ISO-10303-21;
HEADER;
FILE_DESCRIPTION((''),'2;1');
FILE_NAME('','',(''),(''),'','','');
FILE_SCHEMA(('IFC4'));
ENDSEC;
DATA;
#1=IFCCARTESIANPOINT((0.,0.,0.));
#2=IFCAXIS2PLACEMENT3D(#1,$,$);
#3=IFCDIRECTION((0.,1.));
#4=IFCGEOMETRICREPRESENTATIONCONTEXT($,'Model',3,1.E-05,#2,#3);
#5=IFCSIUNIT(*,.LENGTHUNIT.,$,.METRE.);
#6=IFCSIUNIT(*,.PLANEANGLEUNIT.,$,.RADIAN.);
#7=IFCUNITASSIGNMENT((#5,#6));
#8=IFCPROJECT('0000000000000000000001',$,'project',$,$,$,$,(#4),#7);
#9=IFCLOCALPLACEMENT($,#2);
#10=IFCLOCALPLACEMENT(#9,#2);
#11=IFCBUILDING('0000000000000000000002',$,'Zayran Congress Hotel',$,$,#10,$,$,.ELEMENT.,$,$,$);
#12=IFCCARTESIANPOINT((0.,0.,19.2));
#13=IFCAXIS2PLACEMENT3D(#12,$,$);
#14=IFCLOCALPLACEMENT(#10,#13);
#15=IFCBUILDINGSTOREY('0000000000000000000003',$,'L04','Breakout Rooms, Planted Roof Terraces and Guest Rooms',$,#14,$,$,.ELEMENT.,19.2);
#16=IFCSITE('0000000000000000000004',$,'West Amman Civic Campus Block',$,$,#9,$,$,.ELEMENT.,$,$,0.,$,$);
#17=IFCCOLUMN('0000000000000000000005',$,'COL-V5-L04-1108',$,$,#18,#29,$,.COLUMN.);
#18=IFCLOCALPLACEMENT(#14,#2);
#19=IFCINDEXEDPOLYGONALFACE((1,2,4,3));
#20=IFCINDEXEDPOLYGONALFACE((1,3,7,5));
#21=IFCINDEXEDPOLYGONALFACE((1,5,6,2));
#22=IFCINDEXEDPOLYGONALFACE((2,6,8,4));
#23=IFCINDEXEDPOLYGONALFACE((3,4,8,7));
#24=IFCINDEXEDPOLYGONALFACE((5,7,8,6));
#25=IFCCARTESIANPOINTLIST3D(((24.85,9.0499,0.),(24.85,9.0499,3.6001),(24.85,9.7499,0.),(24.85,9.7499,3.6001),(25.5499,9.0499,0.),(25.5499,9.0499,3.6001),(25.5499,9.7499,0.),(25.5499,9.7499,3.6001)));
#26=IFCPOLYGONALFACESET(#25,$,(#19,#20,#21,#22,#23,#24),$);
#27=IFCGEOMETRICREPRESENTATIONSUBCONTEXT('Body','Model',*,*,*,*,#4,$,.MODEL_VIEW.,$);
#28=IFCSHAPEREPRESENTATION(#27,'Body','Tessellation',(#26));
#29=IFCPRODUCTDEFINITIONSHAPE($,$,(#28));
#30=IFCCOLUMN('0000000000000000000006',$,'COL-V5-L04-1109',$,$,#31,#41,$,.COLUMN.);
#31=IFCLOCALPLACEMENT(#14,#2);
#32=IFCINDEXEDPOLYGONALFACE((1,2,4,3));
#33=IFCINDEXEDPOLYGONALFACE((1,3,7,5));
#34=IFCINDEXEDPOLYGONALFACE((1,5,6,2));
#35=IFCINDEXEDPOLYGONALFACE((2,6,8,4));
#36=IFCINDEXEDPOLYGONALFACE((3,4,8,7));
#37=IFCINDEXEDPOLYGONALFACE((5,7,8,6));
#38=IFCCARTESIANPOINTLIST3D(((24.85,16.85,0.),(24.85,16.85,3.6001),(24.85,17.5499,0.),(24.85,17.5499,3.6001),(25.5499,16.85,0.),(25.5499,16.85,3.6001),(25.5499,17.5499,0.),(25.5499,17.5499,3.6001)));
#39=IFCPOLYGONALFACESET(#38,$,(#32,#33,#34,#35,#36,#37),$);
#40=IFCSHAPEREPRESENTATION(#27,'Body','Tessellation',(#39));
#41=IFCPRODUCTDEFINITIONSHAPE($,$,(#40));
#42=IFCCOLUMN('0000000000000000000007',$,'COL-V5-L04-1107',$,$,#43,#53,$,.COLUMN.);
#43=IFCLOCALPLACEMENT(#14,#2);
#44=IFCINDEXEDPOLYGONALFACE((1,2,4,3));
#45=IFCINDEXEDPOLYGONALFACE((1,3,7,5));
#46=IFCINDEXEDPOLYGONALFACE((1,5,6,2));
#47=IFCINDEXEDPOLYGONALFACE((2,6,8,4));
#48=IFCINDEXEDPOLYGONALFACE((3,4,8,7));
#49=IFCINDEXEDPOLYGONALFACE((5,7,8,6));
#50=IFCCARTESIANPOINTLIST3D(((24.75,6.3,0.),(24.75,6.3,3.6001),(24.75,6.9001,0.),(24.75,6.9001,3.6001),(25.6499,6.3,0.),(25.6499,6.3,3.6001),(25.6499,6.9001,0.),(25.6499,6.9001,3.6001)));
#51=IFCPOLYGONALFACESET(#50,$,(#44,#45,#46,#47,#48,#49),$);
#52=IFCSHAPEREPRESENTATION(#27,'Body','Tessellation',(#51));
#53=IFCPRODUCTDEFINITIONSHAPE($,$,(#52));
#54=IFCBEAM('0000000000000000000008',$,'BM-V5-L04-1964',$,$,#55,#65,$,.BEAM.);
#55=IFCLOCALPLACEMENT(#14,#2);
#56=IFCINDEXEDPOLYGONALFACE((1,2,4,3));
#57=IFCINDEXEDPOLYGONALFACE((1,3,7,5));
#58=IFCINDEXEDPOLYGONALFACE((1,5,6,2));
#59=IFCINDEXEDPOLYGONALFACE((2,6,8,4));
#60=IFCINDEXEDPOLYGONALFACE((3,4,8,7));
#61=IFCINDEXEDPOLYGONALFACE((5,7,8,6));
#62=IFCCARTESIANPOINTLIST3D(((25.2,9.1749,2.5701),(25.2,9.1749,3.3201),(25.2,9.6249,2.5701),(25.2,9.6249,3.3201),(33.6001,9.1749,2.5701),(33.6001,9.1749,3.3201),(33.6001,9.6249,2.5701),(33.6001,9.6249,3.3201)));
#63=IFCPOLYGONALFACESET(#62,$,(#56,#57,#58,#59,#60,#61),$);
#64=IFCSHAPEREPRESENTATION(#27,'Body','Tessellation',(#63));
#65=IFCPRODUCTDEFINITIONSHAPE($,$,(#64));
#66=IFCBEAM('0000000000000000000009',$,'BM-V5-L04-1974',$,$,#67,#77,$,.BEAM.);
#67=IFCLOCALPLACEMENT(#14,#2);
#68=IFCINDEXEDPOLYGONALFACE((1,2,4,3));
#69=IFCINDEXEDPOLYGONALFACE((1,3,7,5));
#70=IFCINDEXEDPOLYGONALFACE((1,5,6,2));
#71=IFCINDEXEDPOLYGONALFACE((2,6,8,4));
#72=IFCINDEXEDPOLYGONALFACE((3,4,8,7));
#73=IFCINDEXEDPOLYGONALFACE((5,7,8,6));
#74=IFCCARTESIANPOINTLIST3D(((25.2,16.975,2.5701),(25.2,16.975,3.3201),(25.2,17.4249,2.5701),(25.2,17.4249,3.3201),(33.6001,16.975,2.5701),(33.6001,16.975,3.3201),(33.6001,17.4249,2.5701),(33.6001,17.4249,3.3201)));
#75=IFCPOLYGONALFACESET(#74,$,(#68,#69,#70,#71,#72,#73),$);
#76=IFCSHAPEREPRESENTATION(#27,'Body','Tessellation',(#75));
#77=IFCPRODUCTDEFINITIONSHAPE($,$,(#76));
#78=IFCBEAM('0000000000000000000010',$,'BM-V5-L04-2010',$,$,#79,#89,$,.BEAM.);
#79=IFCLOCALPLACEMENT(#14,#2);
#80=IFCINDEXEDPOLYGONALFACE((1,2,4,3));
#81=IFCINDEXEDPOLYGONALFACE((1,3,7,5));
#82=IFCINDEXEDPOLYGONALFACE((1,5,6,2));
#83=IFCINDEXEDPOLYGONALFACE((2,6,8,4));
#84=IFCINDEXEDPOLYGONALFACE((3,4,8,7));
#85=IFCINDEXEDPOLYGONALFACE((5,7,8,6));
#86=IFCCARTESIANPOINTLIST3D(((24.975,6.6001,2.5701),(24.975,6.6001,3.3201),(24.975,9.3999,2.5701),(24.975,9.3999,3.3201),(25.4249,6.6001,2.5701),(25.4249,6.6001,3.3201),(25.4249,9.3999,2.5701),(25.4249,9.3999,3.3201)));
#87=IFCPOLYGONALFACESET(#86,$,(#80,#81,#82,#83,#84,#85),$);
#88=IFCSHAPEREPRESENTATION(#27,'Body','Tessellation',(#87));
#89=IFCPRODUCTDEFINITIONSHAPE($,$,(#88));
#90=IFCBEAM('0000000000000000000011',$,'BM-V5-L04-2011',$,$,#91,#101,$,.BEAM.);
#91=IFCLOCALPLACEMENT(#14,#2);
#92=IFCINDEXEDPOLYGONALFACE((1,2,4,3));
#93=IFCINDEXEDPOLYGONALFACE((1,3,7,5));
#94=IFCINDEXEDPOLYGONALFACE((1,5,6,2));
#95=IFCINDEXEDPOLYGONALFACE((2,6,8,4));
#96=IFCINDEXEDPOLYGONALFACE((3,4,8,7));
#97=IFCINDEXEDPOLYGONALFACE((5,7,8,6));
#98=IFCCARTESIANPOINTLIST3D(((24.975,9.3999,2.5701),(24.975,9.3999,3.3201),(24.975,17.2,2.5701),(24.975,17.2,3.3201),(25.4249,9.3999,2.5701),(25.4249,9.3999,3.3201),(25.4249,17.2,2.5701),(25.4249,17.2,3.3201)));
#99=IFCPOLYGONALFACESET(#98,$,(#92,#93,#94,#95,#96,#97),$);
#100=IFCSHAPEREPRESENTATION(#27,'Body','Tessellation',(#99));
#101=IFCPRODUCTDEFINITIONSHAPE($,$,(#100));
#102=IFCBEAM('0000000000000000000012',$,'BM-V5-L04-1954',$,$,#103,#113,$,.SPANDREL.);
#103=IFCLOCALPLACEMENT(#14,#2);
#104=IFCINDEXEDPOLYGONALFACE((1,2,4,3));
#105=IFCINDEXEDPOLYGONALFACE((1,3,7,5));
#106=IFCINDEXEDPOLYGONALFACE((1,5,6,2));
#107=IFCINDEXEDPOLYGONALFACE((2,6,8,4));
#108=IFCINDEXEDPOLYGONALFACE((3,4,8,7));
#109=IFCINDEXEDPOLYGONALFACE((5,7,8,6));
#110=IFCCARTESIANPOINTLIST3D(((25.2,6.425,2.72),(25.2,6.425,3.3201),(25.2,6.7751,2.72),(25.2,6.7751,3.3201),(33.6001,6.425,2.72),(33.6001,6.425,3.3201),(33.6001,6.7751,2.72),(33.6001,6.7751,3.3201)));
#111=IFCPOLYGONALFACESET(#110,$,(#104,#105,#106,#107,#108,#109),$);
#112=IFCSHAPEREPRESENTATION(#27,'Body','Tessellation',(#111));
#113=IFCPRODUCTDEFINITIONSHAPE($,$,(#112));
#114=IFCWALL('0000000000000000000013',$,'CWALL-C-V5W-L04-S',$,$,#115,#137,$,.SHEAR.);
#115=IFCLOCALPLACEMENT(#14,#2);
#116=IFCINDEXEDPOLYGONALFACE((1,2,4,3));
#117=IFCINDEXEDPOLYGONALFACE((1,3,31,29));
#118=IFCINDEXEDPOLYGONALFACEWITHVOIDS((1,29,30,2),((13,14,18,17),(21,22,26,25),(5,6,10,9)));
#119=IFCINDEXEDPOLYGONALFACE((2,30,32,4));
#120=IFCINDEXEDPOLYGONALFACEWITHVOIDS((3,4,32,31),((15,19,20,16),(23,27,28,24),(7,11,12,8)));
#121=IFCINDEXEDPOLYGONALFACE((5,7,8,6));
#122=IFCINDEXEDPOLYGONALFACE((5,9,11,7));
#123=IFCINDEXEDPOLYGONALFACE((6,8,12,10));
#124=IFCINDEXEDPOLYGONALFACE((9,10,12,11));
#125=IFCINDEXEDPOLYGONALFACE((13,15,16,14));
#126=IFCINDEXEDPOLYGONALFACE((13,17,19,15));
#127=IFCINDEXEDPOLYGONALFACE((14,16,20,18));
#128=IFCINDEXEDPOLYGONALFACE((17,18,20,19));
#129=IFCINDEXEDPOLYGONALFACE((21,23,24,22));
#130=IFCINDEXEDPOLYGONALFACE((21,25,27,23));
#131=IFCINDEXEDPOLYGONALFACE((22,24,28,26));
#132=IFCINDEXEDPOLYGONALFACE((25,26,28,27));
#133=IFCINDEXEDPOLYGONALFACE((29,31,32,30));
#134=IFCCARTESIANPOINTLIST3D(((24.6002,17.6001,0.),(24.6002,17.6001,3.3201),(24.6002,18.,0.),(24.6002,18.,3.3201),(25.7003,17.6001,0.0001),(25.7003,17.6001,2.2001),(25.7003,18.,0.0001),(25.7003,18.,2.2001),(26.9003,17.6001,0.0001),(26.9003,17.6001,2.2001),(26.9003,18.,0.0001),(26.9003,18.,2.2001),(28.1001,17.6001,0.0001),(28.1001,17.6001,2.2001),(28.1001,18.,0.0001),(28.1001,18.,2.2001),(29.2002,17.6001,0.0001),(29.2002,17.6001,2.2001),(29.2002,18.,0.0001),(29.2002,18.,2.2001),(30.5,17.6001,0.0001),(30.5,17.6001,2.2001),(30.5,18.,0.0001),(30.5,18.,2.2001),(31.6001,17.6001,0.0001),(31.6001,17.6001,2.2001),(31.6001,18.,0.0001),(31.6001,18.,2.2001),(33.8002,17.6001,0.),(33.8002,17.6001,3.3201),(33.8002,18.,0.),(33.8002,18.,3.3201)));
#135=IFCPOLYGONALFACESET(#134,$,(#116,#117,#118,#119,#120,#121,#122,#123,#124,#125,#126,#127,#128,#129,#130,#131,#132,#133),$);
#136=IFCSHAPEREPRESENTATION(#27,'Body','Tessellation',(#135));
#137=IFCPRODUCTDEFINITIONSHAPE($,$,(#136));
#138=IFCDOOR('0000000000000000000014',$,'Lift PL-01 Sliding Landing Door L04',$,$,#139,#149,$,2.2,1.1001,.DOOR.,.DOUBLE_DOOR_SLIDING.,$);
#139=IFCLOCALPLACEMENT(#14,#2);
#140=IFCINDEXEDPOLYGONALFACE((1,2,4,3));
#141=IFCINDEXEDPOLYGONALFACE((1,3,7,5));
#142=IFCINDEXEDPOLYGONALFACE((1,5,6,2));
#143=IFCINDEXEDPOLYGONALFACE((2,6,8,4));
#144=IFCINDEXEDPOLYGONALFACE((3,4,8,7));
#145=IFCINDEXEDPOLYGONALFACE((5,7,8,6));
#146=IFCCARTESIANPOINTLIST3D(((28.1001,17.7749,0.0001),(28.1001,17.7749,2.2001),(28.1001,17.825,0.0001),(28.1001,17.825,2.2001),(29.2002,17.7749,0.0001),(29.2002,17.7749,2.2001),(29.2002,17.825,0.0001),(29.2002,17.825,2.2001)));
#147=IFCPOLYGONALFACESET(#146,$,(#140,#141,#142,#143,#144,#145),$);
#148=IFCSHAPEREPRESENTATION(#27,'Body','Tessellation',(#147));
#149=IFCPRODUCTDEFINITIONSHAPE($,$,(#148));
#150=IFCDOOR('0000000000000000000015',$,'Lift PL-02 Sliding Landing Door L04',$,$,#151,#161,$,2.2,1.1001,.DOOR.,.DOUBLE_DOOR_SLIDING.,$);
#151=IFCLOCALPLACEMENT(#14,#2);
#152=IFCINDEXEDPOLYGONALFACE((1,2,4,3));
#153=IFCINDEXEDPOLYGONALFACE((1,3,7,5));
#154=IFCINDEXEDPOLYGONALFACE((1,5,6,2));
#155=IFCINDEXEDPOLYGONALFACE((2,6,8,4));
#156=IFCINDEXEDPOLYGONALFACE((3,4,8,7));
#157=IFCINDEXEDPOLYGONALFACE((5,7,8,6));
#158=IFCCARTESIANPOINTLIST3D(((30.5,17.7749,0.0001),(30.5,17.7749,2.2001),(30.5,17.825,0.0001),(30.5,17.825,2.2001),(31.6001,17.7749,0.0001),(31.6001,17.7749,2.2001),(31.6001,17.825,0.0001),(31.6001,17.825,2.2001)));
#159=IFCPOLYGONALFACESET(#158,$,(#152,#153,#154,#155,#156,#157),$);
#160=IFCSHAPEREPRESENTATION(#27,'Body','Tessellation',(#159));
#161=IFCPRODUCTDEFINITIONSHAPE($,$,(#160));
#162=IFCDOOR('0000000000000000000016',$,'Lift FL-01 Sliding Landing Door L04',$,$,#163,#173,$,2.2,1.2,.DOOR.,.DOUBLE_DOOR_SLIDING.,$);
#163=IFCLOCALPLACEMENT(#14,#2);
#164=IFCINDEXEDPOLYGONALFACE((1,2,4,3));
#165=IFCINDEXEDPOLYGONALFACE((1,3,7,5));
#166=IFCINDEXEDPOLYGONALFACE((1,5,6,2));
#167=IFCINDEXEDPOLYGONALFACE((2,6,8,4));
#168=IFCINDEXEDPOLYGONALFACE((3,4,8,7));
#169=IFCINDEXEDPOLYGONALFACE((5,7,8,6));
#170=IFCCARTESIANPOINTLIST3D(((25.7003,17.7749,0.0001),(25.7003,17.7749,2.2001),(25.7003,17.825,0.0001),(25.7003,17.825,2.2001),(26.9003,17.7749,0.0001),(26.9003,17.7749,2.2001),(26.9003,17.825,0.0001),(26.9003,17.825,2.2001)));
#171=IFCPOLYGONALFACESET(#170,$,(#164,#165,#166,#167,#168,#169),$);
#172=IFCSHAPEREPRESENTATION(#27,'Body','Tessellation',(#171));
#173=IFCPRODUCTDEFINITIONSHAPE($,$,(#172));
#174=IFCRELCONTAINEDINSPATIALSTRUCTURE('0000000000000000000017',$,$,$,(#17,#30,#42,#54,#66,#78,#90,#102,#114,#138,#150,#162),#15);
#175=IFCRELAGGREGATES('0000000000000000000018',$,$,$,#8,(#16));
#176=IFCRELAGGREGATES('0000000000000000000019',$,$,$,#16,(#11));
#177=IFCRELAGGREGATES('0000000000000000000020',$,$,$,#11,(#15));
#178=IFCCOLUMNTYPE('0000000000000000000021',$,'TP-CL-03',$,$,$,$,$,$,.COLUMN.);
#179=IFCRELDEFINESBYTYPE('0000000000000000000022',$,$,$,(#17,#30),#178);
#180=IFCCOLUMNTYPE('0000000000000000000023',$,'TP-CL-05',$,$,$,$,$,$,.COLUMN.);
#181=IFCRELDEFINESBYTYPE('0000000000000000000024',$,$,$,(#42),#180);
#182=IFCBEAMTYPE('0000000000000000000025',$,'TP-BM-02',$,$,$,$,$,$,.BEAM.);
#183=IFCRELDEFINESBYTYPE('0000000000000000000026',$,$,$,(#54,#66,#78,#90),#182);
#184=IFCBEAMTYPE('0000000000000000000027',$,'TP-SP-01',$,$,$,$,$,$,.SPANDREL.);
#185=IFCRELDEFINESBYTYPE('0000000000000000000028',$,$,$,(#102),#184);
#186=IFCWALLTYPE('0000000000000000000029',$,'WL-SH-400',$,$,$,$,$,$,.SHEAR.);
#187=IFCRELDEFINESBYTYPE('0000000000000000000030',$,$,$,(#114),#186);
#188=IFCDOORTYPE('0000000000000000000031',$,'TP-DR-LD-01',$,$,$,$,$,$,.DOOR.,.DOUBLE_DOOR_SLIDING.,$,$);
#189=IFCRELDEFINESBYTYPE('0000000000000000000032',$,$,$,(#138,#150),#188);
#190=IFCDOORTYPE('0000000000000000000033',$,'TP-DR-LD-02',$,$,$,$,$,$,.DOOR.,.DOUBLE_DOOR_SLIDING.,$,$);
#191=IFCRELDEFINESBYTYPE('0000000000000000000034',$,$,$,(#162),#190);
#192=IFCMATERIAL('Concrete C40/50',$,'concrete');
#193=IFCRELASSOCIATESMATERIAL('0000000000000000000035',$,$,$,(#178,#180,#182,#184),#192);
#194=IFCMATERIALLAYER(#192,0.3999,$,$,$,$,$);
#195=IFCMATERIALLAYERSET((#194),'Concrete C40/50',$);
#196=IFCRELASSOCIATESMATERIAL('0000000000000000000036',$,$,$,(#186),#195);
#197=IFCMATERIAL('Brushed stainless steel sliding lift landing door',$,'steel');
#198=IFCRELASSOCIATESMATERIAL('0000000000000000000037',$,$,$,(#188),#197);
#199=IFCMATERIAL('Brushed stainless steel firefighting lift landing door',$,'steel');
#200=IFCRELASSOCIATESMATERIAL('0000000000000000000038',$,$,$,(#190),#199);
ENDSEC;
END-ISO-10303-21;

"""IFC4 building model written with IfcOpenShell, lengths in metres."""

from ifc_helpers import new_model, si_unit, direction, frame, frame_2d, origin, origin_2d, place, context, subcontext, project, spatial, rectangle, extrude, material, layer, layer_set, material_profile, profile_set, type_object, element, fill, save


model = new_model("IFC4")

# Units and contexts
model_context = context("Model", 3, precision=1e-05, world=origin(), true_north=direction((0.0, 1.0)))
body_context = subcontext(model_context, "Body", "Model", "MODEL_VIEW")
ifc_project = project(units=[si_unit("LENGTHUNIT", "METRE"), si_unit("PLANEANGLEUNIT", "RADIAN")], contexts=[model_context])

# Site, building, storey
site_placement = place(None, origin())
site = spatial("IfcSite", under=ifc_project, at=site_placement, Name="West Amman Civic Campus Block", CompositionType="ELEMENT", RefElevation=0.0)
building_placement = place(site_placement, origin())
building = spatial("IfcBuilding", under=site, at=building_placement, Name="Zayran Congress Hotel", CompositionType="ELEMENT")
storey_placement = place(building_placement, frame((0.0, 0.0, 19.2)))
storey = spatial("IfcBuildingStorey", under=building, at=storey_placement, Name="L04", Description="Breakout Rooms, Planted Roof Terraces and Guest Rooms", CompositionType="ELEMENT", Elevation=19.2)

# Columns
ifc_material_1 = material(Name="Concrete C40/50", Category="concrete")
ifc_material_profile_1 = material_profile(ifc_material_1, rectangle(XDim=0.7, YDim=0.7, at=origin_2d()), Name="RC 700x700")
ifc_profile_set_1 = profile_set([ifc_material_profile_1], Name="Concrete C40/50")
column_type_1 = type_object("IfcColumnType", Name="TP-CL-03", PredefinedType="COLUMN", material=ifc_profile_set_1)
for number, where, z_axis, x_axis, name in (
    (1, (25.2, 9.3999, 0.0), (0.0, 0.0, 1.0), (1.0, 0.0, 0.0), "COL-V5-L04-1108"),
    (2, (25.2, 17.2, 0.0), (0.0, 0.0, 1.0), (1.0, 0.0, 0.0), "COL-V5-L04-1109"),
):
    element("IfcColumn", number, at=place(storey_placement, frame(where, z_axis=z_axis, x_axis=x_axis)), inside=storey, type_object=column_type_1, Name=name, PredefinedType="COLUMN", context=body_context, shape_type="SweptSolid", body=[
        extrude(rectangle(XDim=0.7, YDim=0.7, at=origin_2d()), origin(), (0.0, 0.0, 1.0), 3.6001),
    ])
ifc_material_profile_2 = material_profile(ifc_material_1, rectangle(XDim=0.6001, YDim=0.8999, at=origin_2d()), Name="RC 900x600")
ifc_profile_set_2 = profile_set([ifc_material_profile_2], Name="Concrete C40/50")
column_type_2 = type_object("IfcColumnType", Name="TP-CL-05", PredefinedType="COLUMN", material=ifc_profile_set_2)
column_placement = place(storey_placement, frame((25.2, 6.6001, 0.0), z_axis=(0.0, 0.0, 1.0), x_axis=(0.0, 1.0, 0.0)))
element("IfcColumn", 3, at=column_placement, inside=storey, type_object=column_type_2, Name="COL-V5-L04-1107", PredefinedType="COLUMN", context=body_context, shape_type="SweptSolid", body=[
    extrude(rectangle(XDim=0.6001, YDim=0.8999, at=origin_2d()), origin(), (0.0, 0.0, 1.0), 3.6001),
])

# Beams
ifc_material_profile_3 = material_profile(ifc_material_1, rectangle(XDim=0.45, YDim=0.75, at=origin_2d()), Name="RC 450x750")
ifc_profile_set_3 = profile_set([ifc_material_profile_3], Name="Concrete C40/50")
beam_type_1 = type_object("IfcBeamType", Name="TP-BM-02", PredefinedType="BEAM", material=ifc_profile_set_3)
for number, where, z_axis, x_axis, name in (
    (4, (25.2, 9.3999, 2.9451), (1.0, 0.0, 0.0), (0.0, 1.0, 0.0), "BM-V5-L04-1964"),
    (5, (25.2, 17.2, 2.9451), (1.0, 0.0, 0.0), (0.0, 1.0, 0.0), "BM-V5-L04-1974"),
):
    element("IfcBeam", number, at=place(storey_placement, frame(where, z_axis=z_axis, x_axis=x_axis)), inside=storey, type_object=beam_type_1, Name=name, PredefinedType="BEAM", context=body_context, shape_type="SweptSolid", body=[
        extrude(rectangle(XDim=0.45, YDim=0.75, at=origin_2d()), origin(), (0.0, 0.0, 1.0), 8.4001),
    ])
beam_1_placement = place(storey_placement, frame((25.2, 6.6001, 2.9451), z_axis=(0.0, 1.0, 0.0), x_axis=(-1.0, 0.0, 0.0)))
element("IfcBeam", 6, at=beam_1_placement, inside=storey, type_object=beam_type_1, Name="BM-V5-L04-2010", PredefinedType="BEAM", context=body_context, shape_type="SweptSolid", body=[
    extrude(rectangle(XDim=0.45, YDim=0.75, at=origin_2d()), origin(), (0.0, 0.0, 1.0), 2.7998),
])
beam_2_placement = place(storey_placement, frame((25.2, 9.3999, 2.9451), z_axis=(0.0, 1.0, 0.0), x_axis=(-1.0, 0.0, 0.0)))
element("IfcBeam", 7, at=beam_2_placement, inside=storey, type_object=beam_type_1, Name="BM-V5-L04-2011", PredefinedType="BEAM", context=body_context, shape_type="SweptSolid", body=[
    extrude(rectangle(XDim=0.45, YDim=0.75, at=origin_2d()), origin(), (0.0, 0.0, 1.0), 7.8),
])
ifc_material_profile_4 = material_profile(ifc_material_1, rectangle(XDim=0.3501, YDim=0.6001, at=origin_2d()), Name="RC 350x600")
ifc_profile_set_4 = profile_set([ifc_material_profile_4], Name="Concrete C40/50")
beam_type_2 = type_object("IfcBeamType", Name="TP-SP-01", PredefinedType="SPANDREL", material=ifc_profile_set_4)
beam_3_placement = place(storey_placement, frame((25.2, 6.6001, 3.02), z_axis=(1.0, 0.0, 0.0), x_axis=(0.0, 1.0, 0.0)))
element("IfcBeam", 8, at=beam_3_placement, inside=storey, type_object=beam_type_2, Name="BM-V5-L04-1954", PredefinedType="SPANDREL", context=body_context, shape_type="SweptSolid", body=[
    extrude(rectangle(XDim=0.3501, YDim=0.6001, at=origin_2d()), origin(), (0.0, 0.0, 1.0), 8.4001),
])

# Wall, openings, doors
ifc_layer_1 = layer(ifc_material_1, 0.3999)
ifc_layer_set_1 = layer_set([ifc_layer_1], Name="Concrete C40/50")
wall_type_1 = type_object("IfcWallType", Name="WL-SH-400", PredefinedType="SHEAR", material=ifc_layer_set_1)
wall_1_placement = place(storey_placement, frame((24.6001, 17.8, 0.0), z_axis=(0.0, 0.0, 1.0), x_axis=(1.0, 0.0, 0.0)))
wall_1 = element("IfcWall", 9, at=wall_1_placement, inside=storey, type_object=wall_type_1, Name="CWALL-C-V5W-L04-S", PredefinedType="SHEAR", context=body_context, shape_type="SweptSolid", body=[
    extrude(rectangle(XDim=9.2, YDim=0.3999, at=frame_2d((4.6001, 0.0))), origin(), (0.0, 0.0, 1.0), 3.3201),
])
opening_1_placement = place(wall_1_placement, frame((1.1001, 0.0, 0.0)))
opening_1 = element("IfcOpeningElement", 10, at=opening_1_placement, cuts=wall_1, PredefinedType="OPENING", context=body_context, shape_type="SweptSolid", body=[
    extrude(rectangle(XDim=1.2, YDim=2.2, at=frame_2d((0.6001, 1.1001))), frame((0.0, 0.21, 0.0), z_axis=(0.0, -1.0, 0.0), x_axis=(1.0, 0.0, 0.0)), (0.0, 0.0, 1.0), 0.4199),
])
opening_2_placement = place(wall_1_placement, frame((3.5, 0.0, 0.0)))
opening_2 = element("IfcOpeningElement", 11, at=opening_2_placement, cuts=wall_1, PredefinedType="OPENING", context=body_context, shape_type="SweptSolid", body=[
    extrude(rectangle(XDim=1.1001, YDim=2.2, at=frame_2d((0.55, 1.1001))), frame((0.0, 0.21, 0.0), z_axis=(0.0, -1.0, 0.0), x_axis=(1.0, 0.0, 0.0)), (0.0, 0.0, 1.0), 0.4199),
])
opening_3_placement = place(wall_1_placement, frame((5.8999, 0.0, 0.0)))
opening_3 = element("IfcOpeningElement", 12, at=opening_3_placement, cuts=wall_1, PredefinedType="OPENING", context=body_context, shape_type="SweptSolid", body=[
    extrude(rectangle(XDim=1.1001, YDim=2.2, at=frame_2d((0.55, 1.1001))), frame((0.0, 0.21, 0.0), z_axis=(0.0, -1.0, 0.0), x_axis=(1.0, 0.0, 0.0)), (0.0, 0.0, 1.0), 0.4199),
])
ifc_material_2 = material(Name="Brushed stainless steel sliding lift landing door", Category="steel")
door_type_1 = type_object("IfcDoorType", Name="TP-DR-LD-01", OperationType="DOUBLE_DOOR_SLIDING", PredefinedType="DOOR", material=ifc_material_2)
door_1_placement = place(opening_2_placement, origin())
door_1 = element("IfcDoor", 13, at=door_1_placement, inside=storey, type_object=door_type_1, Name="Lift PL-01 Sliding Landing Door L04", OperationType="DOUBLE_DOOR_SLIDING", OverallHeight=2.2, OverallWidth=1.1001, PredefinedType="DOOR", context=body_context, shape_type="SweptSolid", body=[
    extrude(rectangle(XDim=1.1001, YDim=2.2, at=frame_2d((0.55, 1.1001))), frame((0.0, 0.0249, 0.0), z_axis=(0.0, -1.0, 0.0), x_axis=(1.0, 0.0, 0.0)), (0.0, 0.0, 1.0), 0.05),
])
fill(opening_2, door_1)
door_2_placement = place(opening_3_placement, origin())
door_2 = element("IfcDoor", 14, at=door_2_placement, inside=storey, type_object=door_type_1, Name="Lift PL-02 Sliding Landing Door L04", OperationType="DOUBLE_DOOR_SLIDING", OverallHeight=2.2, OverallWidth=1.1001, PredefinedType="DOOR", context=body_context, shape_type="SweptSolid", body=[
    extrude(rectangle(XDim=1.1001, YDim=2.2, at=frame_2d((0.55, 1.1001))), frame((0.0, 0.0249, 0.0), z_axis=(0.0, -1.0, 0.0), x_axis=(1.0, 0.0, 0.0)), (0.0, 0.0, 1.0), 0.05),
])
fill(opening_3, door_2)
ifc_material_3 = material(Name="Brushed stainless steel firefighting lift landing door", Category="steel")
door_type_2 = type_object("IfcDoorType", Name="TP-DR-LD-02", OperationType="DOUBLE_DOOR_SLIDING", PredefinedType="DOOR", material=ifc_material_3)
door_3_placement = place(opening_1_placement, origin())
door_3 = element("IfcDoor", 15, at=door_3_placement, inside=storey, type_object=door_type_2, Name="Lift FL-01 Sliding Landing Door L04", OperationType="DOUBLE_DOOR_SLIDING", OverallHeight=2.2, OverallWidth=1.2, PredefinedType="DOOR", context=body_context, shape_type="SweptSolid", body=[
    extrude(rectangle(XDim=1.2, YDim=2.2, at=frame_2d((0.6001, 1.1001))), frame((0.0, 0.0249, 0.0), z_axis=(0.0, -1.0, 0.0), x_axis=(1.0, 0.0, 0.0)), (0.0, 0.0, 1.0), 0.05),
])
fill(opening_1, door_3)

save(model, "model.ifc")
